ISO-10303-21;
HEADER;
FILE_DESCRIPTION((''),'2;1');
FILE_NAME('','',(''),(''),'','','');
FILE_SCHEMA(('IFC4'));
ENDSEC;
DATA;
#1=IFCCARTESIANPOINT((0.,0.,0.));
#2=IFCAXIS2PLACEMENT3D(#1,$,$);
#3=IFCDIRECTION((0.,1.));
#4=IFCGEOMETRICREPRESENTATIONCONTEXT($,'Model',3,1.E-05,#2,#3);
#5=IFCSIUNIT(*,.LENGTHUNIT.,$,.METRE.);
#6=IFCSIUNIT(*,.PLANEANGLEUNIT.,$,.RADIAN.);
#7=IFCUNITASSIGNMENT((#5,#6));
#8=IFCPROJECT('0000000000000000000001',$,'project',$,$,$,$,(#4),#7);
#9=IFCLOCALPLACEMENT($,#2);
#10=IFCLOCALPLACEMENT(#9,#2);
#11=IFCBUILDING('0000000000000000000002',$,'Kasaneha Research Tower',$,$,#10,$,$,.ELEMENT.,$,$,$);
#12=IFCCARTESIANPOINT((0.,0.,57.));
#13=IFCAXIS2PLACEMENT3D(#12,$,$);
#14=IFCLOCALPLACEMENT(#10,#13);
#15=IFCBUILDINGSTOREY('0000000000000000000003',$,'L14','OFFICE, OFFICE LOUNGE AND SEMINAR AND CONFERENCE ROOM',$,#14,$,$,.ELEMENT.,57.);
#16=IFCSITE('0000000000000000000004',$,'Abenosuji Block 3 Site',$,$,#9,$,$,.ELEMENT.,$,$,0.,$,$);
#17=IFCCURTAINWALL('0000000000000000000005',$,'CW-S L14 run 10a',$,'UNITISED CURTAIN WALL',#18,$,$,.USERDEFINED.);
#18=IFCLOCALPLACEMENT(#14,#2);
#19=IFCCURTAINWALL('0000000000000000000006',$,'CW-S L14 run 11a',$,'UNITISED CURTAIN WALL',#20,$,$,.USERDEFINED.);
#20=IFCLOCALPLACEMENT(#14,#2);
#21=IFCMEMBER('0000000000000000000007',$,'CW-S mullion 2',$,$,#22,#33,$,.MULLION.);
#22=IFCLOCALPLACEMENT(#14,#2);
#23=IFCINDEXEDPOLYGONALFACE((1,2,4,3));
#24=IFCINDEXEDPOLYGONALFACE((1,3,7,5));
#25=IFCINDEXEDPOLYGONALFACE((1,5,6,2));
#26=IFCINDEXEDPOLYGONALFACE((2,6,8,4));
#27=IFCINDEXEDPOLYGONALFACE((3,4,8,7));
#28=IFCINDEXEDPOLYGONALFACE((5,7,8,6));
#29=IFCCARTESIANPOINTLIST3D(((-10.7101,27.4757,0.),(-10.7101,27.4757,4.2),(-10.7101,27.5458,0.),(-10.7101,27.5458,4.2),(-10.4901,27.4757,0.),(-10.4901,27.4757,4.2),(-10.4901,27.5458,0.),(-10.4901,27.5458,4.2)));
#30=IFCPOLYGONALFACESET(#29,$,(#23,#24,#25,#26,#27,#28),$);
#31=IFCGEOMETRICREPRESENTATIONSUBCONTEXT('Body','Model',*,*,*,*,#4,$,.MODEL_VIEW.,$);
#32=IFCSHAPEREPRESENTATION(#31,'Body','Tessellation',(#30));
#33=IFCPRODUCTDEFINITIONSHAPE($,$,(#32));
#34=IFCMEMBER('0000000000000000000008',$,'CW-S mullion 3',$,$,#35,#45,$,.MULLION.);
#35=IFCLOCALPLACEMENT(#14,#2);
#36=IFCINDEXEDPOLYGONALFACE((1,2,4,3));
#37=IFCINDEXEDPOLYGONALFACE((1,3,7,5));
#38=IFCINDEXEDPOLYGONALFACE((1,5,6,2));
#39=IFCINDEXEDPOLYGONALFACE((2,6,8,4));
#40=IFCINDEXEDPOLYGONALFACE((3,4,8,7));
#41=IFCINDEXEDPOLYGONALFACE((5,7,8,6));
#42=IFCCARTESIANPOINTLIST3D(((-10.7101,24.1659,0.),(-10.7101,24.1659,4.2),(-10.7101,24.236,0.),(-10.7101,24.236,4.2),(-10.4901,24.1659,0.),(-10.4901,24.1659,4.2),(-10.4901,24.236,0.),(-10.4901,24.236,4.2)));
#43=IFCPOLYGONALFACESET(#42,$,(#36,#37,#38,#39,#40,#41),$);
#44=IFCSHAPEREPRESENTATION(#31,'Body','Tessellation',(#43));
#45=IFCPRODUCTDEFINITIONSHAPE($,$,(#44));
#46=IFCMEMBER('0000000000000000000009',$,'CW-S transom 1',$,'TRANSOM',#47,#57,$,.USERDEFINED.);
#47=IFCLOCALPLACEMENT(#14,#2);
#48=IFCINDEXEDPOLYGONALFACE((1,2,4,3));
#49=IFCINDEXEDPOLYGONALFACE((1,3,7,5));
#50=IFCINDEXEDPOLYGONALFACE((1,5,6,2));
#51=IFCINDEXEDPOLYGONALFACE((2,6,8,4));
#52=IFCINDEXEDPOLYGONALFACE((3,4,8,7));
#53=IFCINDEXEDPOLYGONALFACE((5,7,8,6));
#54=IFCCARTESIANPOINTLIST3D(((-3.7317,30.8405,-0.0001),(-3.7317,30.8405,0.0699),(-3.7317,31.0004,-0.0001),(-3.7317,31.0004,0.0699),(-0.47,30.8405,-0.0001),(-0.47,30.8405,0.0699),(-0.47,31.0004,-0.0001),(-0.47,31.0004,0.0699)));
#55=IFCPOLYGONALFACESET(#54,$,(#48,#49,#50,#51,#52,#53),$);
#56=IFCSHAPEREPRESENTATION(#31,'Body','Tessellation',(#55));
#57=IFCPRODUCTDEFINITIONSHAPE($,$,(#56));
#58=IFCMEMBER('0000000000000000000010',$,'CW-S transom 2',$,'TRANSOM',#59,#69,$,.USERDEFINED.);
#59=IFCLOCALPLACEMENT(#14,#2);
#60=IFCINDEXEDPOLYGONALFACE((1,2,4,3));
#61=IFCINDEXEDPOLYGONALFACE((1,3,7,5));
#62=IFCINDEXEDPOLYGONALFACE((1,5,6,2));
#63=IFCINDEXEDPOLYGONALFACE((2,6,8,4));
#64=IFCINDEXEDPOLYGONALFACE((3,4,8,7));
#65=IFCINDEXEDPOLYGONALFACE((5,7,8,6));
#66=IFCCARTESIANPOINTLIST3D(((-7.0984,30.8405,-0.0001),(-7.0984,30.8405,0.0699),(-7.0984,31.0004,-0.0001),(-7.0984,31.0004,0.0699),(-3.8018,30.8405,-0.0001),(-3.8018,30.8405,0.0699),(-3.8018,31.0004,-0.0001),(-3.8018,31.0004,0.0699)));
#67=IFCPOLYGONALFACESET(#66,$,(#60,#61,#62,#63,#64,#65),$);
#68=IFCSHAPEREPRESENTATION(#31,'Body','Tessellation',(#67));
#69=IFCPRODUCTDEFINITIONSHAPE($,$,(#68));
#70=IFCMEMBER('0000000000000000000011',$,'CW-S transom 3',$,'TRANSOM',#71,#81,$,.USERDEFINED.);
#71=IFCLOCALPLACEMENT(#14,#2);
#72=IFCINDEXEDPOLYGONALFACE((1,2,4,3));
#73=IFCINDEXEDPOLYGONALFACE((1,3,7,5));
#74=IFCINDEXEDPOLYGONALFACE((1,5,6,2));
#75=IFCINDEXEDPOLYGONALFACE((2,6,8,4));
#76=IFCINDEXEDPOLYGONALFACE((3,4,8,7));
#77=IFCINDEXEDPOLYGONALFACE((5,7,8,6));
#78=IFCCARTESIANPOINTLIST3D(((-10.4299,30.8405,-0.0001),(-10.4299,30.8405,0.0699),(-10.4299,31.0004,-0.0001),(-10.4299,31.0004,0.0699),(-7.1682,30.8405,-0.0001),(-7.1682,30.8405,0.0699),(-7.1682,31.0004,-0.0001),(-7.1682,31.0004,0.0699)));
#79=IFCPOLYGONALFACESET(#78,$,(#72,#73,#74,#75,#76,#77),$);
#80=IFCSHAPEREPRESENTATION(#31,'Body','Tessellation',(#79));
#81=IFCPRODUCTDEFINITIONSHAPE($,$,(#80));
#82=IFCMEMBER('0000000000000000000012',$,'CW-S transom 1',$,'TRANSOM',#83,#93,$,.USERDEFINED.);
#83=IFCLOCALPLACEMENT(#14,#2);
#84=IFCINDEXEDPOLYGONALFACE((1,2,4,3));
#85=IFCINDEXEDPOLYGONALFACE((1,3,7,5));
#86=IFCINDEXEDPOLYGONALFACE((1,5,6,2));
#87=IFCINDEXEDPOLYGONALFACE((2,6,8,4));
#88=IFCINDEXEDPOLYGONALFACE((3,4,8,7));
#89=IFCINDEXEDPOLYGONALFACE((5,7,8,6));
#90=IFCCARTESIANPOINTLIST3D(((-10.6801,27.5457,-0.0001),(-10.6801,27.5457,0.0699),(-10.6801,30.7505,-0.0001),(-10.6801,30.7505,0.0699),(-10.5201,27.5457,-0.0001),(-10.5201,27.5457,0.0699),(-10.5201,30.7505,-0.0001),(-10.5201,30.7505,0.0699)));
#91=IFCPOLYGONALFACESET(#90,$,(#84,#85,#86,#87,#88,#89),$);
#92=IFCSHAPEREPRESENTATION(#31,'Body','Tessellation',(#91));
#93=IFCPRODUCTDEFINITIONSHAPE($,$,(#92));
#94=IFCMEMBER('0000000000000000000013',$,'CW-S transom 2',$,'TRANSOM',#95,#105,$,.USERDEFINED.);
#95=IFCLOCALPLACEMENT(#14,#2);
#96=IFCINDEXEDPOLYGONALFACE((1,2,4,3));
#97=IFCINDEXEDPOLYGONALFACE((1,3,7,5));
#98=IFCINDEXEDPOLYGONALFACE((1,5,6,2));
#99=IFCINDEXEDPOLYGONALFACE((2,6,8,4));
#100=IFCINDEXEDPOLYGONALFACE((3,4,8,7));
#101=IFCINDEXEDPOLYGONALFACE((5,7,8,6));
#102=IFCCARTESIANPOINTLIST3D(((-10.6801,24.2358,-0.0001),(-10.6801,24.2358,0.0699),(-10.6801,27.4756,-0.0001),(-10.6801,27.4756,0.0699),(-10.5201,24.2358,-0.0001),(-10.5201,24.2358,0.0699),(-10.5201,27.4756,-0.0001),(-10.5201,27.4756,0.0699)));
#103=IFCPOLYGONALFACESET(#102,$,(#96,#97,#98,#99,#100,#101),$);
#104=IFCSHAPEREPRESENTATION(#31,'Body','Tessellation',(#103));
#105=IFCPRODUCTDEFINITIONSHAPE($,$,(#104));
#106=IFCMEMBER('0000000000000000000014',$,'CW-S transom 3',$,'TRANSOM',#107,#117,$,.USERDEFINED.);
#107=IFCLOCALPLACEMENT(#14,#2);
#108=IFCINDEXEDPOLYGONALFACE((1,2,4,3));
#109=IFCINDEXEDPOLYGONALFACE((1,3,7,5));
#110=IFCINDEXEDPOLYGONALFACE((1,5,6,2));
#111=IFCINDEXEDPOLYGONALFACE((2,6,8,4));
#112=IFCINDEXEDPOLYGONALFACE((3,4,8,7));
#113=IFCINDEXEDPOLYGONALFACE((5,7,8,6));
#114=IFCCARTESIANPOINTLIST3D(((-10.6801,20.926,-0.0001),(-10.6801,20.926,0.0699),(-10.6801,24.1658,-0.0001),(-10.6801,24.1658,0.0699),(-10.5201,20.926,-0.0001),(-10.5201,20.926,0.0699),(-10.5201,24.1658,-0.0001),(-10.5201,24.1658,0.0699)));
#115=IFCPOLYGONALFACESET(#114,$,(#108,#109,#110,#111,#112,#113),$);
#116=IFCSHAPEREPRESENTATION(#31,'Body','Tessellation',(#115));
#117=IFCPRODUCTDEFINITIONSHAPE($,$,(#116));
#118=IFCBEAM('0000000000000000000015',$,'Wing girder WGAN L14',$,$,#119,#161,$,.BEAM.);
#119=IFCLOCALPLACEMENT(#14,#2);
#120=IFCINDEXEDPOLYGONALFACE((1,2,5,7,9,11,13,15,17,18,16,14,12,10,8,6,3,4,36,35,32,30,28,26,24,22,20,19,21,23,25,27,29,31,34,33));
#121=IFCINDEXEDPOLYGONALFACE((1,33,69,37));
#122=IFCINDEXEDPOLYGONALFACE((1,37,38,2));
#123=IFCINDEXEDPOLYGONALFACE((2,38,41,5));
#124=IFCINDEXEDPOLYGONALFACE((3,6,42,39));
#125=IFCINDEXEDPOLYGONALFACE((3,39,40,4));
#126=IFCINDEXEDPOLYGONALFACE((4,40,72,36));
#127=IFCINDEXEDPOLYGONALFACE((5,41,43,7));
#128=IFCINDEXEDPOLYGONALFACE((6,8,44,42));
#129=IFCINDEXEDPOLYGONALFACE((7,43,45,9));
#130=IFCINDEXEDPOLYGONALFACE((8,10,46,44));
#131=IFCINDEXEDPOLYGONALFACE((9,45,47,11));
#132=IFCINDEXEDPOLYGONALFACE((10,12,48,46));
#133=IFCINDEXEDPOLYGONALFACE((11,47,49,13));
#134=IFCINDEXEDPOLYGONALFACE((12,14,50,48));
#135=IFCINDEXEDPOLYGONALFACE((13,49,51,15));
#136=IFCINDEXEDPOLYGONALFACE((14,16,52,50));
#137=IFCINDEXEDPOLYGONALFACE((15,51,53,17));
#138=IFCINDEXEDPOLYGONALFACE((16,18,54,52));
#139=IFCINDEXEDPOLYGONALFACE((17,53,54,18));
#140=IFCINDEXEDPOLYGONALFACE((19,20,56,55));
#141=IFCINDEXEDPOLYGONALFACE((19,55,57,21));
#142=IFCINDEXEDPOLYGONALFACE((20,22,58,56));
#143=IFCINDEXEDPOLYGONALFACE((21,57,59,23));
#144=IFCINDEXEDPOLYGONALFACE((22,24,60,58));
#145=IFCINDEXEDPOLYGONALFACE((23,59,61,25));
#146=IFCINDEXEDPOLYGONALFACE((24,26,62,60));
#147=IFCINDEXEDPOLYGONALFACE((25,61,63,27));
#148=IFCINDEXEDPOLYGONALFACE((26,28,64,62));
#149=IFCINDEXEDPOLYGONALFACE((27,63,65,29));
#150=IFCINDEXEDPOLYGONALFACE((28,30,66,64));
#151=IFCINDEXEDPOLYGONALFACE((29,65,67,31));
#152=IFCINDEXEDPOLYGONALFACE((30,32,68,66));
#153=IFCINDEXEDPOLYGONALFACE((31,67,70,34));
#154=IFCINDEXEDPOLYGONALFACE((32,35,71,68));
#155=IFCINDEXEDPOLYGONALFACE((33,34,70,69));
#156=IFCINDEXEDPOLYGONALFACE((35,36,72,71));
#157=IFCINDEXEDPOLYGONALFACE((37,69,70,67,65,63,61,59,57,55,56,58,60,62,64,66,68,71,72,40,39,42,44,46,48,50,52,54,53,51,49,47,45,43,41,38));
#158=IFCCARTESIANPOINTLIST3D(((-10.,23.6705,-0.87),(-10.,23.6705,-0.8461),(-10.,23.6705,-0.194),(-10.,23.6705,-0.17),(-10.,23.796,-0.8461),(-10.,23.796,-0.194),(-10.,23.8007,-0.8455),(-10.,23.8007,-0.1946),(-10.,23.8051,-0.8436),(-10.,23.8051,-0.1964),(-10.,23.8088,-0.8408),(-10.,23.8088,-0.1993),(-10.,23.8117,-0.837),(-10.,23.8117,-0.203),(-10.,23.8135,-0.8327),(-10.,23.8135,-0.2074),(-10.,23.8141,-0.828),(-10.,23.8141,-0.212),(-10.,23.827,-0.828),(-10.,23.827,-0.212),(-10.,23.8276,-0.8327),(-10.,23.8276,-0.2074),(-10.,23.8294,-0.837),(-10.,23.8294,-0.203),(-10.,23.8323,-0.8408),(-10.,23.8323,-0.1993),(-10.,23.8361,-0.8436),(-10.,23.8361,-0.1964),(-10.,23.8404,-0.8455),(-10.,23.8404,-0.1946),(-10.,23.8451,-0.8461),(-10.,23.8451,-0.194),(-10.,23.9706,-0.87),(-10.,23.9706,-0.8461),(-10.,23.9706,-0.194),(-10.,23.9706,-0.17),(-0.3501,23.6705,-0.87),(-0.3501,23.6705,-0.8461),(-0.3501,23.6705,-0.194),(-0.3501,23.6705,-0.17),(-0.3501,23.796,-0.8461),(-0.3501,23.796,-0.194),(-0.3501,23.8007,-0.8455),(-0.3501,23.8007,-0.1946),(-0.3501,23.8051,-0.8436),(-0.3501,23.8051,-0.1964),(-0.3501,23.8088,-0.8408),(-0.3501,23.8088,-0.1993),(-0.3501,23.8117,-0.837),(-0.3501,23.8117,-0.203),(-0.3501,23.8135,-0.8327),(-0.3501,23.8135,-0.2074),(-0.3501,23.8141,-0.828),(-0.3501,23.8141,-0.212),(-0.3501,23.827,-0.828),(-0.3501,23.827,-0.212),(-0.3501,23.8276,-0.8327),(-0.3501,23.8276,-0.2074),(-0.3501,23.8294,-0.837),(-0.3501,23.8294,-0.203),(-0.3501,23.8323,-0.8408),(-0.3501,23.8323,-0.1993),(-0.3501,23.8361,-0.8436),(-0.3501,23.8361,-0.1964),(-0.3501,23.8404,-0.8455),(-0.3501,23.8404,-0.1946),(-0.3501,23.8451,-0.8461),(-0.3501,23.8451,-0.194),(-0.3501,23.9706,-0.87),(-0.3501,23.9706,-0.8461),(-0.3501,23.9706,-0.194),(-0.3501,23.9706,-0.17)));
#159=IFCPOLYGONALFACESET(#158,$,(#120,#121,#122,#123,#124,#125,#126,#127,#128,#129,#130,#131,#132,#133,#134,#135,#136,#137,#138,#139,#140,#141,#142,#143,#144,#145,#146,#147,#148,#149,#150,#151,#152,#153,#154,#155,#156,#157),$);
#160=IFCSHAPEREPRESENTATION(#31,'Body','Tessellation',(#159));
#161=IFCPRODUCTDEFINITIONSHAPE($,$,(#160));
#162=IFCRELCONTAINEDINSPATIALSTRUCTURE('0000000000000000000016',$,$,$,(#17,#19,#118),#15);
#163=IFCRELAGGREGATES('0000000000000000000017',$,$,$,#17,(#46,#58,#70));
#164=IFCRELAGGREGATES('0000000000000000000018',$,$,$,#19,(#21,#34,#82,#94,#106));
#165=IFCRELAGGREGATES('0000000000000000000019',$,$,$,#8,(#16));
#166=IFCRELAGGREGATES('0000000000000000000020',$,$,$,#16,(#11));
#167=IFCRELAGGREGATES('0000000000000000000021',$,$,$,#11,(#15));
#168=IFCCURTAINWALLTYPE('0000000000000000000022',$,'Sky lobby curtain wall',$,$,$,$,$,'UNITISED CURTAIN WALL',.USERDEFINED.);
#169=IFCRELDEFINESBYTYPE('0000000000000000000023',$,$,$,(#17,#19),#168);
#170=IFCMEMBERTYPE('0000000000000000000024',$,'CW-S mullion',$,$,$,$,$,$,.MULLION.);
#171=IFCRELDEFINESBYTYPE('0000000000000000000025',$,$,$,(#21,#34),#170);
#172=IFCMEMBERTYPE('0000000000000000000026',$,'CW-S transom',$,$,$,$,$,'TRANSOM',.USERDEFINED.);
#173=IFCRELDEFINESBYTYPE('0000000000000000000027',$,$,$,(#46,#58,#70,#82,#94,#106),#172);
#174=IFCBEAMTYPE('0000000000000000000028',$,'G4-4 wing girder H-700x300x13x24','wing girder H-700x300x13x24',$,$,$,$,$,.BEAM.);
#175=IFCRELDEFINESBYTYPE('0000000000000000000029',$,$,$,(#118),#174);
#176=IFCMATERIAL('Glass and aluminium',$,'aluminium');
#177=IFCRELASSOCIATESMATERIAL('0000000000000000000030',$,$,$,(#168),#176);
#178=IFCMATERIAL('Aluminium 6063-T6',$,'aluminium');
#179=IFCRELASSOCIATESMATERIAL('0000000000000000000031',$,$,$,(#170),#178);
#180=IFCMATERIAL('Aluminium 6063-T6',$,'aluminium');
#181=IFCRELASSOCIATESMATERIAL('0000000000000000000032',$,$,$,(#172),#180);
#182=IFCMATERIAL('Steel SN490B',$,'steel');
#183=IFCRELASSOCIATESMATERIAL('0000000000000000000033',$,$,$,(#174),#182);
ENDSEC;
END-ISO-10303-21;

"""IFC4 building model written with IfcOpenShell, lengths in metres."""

from ifc_helpers import new_model, si_unit, direction, frame, origin, origin_2d, place, context, subcontext, project, spatial, rectangle, i_section, extrude, material, material_profile, profile_set, type_object, element, aggregate, save


model = new_model("IFC4")

# Units and contexts
model_context = context("Model", 3, precision=1e-05, world=origin(), true_north=direction((0.0, 1.0)))
body_context = subcontext(model_context, "Body", "Model", "MODEL_VIEW")
ifc_project = project(units=[si_unit("LENGTHUNIT", "METRE"), si_unit("PLANEANGLEUNIT", "RADIAN")], contexts=[model_context])

# Site, building, storey
site_placement = place(None, origin())
site = spatial("IfcSite", under=ifc_project, at=site_placement, Name="Abenosuji Block 3 Site", CompositionType="ELEMENT", RefElevation=0.0)
building_placement = place(site_placement, origin())
building = spatial("IfcBuilding", under=site, at=building_placement, Name="Kasaneha Research Tower", CompositionType="ELEMENT")
storey_placement = place(building_placement, frame((0.0, 0.0, 57.0)))
storey = spatial("IfcBuildingStorey", under=building, at=storey_placement, Name="L14", Description="OFFICE, OFFICE LOUNGE AND SEMINAR AND CONFERENCE ROOM", CompositionType="ELEMENT", Elevation=57.0)

# Curtain walls, members
ifc_material_1 = material(Name="Glass and aluminium", Category="aluminium")
curtain_wall_type = type_object("IfcCurtainWallType", Name="Sky lobby curtain wall", ElementType="UNITISED CURTAIN WALL", PredefinedType="USERDEFINED", material=ifc_material_1)
curtain_wall_1_placement = place(storey_placement, origin())
curtain_wall_1 = element("IfcCurtainWall", 1, at=curtain_wall_1_placement, inside=storey, type_object=curtain_wall_type, Name="CW-S L14 run 10a", ObjectType="UNITISED CURTAIN WALL", PredefinedType="USERDEFINED")
ifc_material_2 = material(Name="Aluminium 6063-T6", Category="aluminium")
ifc_material_profile_1 = material_profile(ifc_material_2, rectangle(XDim=0.0701, YDim=0.22, at=origin_2d()), Name="CW-S mullion 70x220")
ifc_profile_set_1 = profile_set([ifc_material_profile_1], Name="Aluminium 6063-T6")
member_type_1 = type_object("IfcMemberType", Name="CW-S mullion", PredefinedType="MULLION", material=ifc_profile_set_1)
curtain_wall_2_placement = place(storey_placement, origin())
curtain_wall_2 = element("IfcCurtainWall", 2, at=curtain_wall_2_placement, inside=storey, type_object=curtain_wall_type, Name="CW-S L14 run 11a", ObjectType="UNITISED CURTAIN WALL", PredefinedType="USERDEFINED")
member_1_placement = place(storey_placement, frame((-10.6001, 27.5107, 0.0), z_axis=(0.0, 0.0, 1.0), x_axis=(0.0, -1.0, 0.0)))
member_1 = element("IfcMember", 3, at=member_1_placement, type_object=member_type_1, Name="CW-S mullion 2", PredefinedType="MULLION", context=body_context, shape_type="SweptSolid", body=[
    extrude(rectangle(XDim=0.0701, YDim=0.22, at=origin_2d()), origin(), (0.0, 0.0, 1.0), 4.2),
])
member_2_placement = place(storey_placement, frame((-10.6001, 24.2009, 0.0), z_axis=(0.0, 0.0, 1.0), x_axis=(0.0, -1.0, 0.0)))
member_2 = element("IfcMember", 4, at=member_2_placement, type_object=member_type_1, Name="CW-S mullion 3", PredefinedType="MULLION", context=body_context, shape_type="SweptSolid", body=[
    extrude(rectangle(XDim=0.0701, YDim=0.22, at=origin_2d()), origin(), (0.0, 0.0, 1.0), 4.2),
])

# Members
ifc_material_3 = material(Name="Aluminium 6063-T6", Category="aluminium")
ifc_material_profile_2 = material_profile(ifc_material_3, rectangle(XDim=0.1599, YDim=0.0701, at=origin_2d()), Name="CW-S transom 160x70")
ifc_profile_set_2 = profile_set([ifc_material_profile_2], Name="Aluminium 6063-T6")
member_type_2 = type_object("IfcMemberType", Name="CW-S transom", ElementType="TRANSOM", PredefinedType="USERDEFINED", material=ifc_profile_set_2)
member_3_placement = place(storey_placement, frame((-0.47, 30.9204, 0.0349), z_axis=(-1.0, 0.0, 0.0), x_axis=(0.0, -1.0, 0.0)))
member_3 = element("IfcMember", 5, at=member_3_placement, type_object=member_type_2, Name="CW-S transom 1", ObjectType="TRANSOM", PredefinedType="USERDEFINED", context=body_context, shape_type="SweptSolid", body=[
    extrude(rectangle(XDim=0.1599, YDim=0.0701, at=origin_2d()), origin(), (0.0, 0.0, 1.0), 3.2617),
])
member_4_placement = place(storey_placement, frame((-3.8018, 30.9204, 0.0349), z_axis=(-1.0, 0.0, 0.0), x_axis=(0.0, -1.0, 0.0)))
member_4 = element("IfcMember", 6, at=member_4_placement, type_object=member_type_2, Name="CW-S transom 2", ObjectType="TRANSOM", PredefinedType="USERDEFINED", context=body_context, shape_type="SweptSolid", body=[
    extrude(rectangle(XDim=0.1599, YDim=0.0701, at=origin_2d()), origin(), (0.0, 0.0, 1.0), 3.2966),
])
member_5_placement = place(storey_placement, frame((-7.1682, 30.9204, 0.0349), z_axis=(-1.0, 0.0, 0.0), x_axis=(0.0, -1.0, 0.0)))
member_5 = element("IfcMember", 7, at=member_5_placement, type_object=member_type_2, Name="CW-S transom 3", ObjectType="TRANSOM", PredefinedType="USERDEFINED", context=body_context, shape_type="SweptSolid", body=[
    extrude(rectangle(XDim=0.1599, YDim=0.0701, at=origin_2d()), origin(), (0.0, 0.0, 1.0), 3.2617),
])
member_6_placement = place(storey_placement, frame((-10.6001, 30.7505, 0.0349), z_axis=(0.0, -1.0, 0.0), x_axis=(1.0, 0.0, 0.0)))
member_6 = element("IfcMember", 8, at=member_6_placement, type_object=member_type_2, Name="CW-S transom 1", ObjectType="TRANSOM", PredefinedType="USERDEFINED", context=body_context, shape_type="SweptSolid", body=[
    extrude(rectangle(XDim=0.1599, YDim=0.0701, at=origin_2d()), origin(), (0.0, 0.0, 1.0), 3.2048),
])
member_7_placement = place(storey_placement, frame((-10.6001, 27.4756, 0.0349), z_axis=(0.0, -1.0, 0.0), x_axis=(1.0, 0.0, 0.0)))
member_7 = element("IfcMember", 9, at=member_7_placement, type_object=member_type_2, Name="CW-S transom 2", ObjectType="TRANSOM", PredefinedType="USERDEFINED", context=body_context, shape_type="SweptSolid", body=[
    extrude(rectangle(XDim=0.1599, YDim=0.0701, at=origin_2d()), origin(), (0.0, 0.0, 1.0), 3.2397),
])
member_8_placement = place(storey_placement, frame((-10.6001, 24.1658, 0.0349), z_axis=(0.0, -1.0, 0.0), x_axis=(1.0, 0.0, 0.0)))
member_8 = element("IfcMember", 10, at=member_8_placement, type_object=member_type_2, Name="CW-S transom 3", ObjectType="TRANSOM", PredefinedType="USERDEFINED", context=body_context, shape_type="SweptSolid", body=[
    extrude(rectangle(XDim=0.1599, YDim=0.0701, at=origin_2d()), origin(), (0.0, 0.0, 1.0), 3.2397),
])

# Beam
ifc_material_4 = material(Name="Steel SN490B", Category="steel")
ifc_material_profile_3 = material_profile(ifc_material_4, i_section(OverallWidth=0.3, OverallDepth=0.7, WebThickness=0.0129, FlangeThickness=0.0239, FilletRadius=0.0181, at=origin_2d()), Name="H-700x300x13x24")
ifc_profile_set_3 = profile_set([ifc_material_profile_3], Name="Steel SN490B")
beam_type_1 = type_object("IfcBeamType", Name="G4-4 wing girder H-700x300x13x24", Description="wing girder H-700x300x13x24", PredefinedType="BEAM", material=ifc_profile_set_3)
beam_1_placement = place(storey_placement, frame((-10.0, 23.8206, -0.52), z_axis=(1.0, 0.0, 0.0), x_axis=(0.0, 1.0, 0.0)))
element("IfcBeam", 11, at=beam_1_placement, inside=storey, type_object=beam_type_1, Name="Wing girder WGAN L14", PredefinedType="BEAM", context=body_context, shape_type="SweptSolid", body=[
    extrude(i_section(OverallWidth=0.3, OverallDepth=0.7, WebThickness=0.0129, FlangeThickness=0.0239, FilletRadius=0.0181, at=origin_2d()), origin(), (0.0, 0.0, 1.0), 9.6499),
])

aggregate(curtain_wall_1, [member_3, member_4, member_5])
aggregate(curtain_wall_2, [member_1, member_2, member_6, member_7, member_8])

save(model, "model.ifc")
